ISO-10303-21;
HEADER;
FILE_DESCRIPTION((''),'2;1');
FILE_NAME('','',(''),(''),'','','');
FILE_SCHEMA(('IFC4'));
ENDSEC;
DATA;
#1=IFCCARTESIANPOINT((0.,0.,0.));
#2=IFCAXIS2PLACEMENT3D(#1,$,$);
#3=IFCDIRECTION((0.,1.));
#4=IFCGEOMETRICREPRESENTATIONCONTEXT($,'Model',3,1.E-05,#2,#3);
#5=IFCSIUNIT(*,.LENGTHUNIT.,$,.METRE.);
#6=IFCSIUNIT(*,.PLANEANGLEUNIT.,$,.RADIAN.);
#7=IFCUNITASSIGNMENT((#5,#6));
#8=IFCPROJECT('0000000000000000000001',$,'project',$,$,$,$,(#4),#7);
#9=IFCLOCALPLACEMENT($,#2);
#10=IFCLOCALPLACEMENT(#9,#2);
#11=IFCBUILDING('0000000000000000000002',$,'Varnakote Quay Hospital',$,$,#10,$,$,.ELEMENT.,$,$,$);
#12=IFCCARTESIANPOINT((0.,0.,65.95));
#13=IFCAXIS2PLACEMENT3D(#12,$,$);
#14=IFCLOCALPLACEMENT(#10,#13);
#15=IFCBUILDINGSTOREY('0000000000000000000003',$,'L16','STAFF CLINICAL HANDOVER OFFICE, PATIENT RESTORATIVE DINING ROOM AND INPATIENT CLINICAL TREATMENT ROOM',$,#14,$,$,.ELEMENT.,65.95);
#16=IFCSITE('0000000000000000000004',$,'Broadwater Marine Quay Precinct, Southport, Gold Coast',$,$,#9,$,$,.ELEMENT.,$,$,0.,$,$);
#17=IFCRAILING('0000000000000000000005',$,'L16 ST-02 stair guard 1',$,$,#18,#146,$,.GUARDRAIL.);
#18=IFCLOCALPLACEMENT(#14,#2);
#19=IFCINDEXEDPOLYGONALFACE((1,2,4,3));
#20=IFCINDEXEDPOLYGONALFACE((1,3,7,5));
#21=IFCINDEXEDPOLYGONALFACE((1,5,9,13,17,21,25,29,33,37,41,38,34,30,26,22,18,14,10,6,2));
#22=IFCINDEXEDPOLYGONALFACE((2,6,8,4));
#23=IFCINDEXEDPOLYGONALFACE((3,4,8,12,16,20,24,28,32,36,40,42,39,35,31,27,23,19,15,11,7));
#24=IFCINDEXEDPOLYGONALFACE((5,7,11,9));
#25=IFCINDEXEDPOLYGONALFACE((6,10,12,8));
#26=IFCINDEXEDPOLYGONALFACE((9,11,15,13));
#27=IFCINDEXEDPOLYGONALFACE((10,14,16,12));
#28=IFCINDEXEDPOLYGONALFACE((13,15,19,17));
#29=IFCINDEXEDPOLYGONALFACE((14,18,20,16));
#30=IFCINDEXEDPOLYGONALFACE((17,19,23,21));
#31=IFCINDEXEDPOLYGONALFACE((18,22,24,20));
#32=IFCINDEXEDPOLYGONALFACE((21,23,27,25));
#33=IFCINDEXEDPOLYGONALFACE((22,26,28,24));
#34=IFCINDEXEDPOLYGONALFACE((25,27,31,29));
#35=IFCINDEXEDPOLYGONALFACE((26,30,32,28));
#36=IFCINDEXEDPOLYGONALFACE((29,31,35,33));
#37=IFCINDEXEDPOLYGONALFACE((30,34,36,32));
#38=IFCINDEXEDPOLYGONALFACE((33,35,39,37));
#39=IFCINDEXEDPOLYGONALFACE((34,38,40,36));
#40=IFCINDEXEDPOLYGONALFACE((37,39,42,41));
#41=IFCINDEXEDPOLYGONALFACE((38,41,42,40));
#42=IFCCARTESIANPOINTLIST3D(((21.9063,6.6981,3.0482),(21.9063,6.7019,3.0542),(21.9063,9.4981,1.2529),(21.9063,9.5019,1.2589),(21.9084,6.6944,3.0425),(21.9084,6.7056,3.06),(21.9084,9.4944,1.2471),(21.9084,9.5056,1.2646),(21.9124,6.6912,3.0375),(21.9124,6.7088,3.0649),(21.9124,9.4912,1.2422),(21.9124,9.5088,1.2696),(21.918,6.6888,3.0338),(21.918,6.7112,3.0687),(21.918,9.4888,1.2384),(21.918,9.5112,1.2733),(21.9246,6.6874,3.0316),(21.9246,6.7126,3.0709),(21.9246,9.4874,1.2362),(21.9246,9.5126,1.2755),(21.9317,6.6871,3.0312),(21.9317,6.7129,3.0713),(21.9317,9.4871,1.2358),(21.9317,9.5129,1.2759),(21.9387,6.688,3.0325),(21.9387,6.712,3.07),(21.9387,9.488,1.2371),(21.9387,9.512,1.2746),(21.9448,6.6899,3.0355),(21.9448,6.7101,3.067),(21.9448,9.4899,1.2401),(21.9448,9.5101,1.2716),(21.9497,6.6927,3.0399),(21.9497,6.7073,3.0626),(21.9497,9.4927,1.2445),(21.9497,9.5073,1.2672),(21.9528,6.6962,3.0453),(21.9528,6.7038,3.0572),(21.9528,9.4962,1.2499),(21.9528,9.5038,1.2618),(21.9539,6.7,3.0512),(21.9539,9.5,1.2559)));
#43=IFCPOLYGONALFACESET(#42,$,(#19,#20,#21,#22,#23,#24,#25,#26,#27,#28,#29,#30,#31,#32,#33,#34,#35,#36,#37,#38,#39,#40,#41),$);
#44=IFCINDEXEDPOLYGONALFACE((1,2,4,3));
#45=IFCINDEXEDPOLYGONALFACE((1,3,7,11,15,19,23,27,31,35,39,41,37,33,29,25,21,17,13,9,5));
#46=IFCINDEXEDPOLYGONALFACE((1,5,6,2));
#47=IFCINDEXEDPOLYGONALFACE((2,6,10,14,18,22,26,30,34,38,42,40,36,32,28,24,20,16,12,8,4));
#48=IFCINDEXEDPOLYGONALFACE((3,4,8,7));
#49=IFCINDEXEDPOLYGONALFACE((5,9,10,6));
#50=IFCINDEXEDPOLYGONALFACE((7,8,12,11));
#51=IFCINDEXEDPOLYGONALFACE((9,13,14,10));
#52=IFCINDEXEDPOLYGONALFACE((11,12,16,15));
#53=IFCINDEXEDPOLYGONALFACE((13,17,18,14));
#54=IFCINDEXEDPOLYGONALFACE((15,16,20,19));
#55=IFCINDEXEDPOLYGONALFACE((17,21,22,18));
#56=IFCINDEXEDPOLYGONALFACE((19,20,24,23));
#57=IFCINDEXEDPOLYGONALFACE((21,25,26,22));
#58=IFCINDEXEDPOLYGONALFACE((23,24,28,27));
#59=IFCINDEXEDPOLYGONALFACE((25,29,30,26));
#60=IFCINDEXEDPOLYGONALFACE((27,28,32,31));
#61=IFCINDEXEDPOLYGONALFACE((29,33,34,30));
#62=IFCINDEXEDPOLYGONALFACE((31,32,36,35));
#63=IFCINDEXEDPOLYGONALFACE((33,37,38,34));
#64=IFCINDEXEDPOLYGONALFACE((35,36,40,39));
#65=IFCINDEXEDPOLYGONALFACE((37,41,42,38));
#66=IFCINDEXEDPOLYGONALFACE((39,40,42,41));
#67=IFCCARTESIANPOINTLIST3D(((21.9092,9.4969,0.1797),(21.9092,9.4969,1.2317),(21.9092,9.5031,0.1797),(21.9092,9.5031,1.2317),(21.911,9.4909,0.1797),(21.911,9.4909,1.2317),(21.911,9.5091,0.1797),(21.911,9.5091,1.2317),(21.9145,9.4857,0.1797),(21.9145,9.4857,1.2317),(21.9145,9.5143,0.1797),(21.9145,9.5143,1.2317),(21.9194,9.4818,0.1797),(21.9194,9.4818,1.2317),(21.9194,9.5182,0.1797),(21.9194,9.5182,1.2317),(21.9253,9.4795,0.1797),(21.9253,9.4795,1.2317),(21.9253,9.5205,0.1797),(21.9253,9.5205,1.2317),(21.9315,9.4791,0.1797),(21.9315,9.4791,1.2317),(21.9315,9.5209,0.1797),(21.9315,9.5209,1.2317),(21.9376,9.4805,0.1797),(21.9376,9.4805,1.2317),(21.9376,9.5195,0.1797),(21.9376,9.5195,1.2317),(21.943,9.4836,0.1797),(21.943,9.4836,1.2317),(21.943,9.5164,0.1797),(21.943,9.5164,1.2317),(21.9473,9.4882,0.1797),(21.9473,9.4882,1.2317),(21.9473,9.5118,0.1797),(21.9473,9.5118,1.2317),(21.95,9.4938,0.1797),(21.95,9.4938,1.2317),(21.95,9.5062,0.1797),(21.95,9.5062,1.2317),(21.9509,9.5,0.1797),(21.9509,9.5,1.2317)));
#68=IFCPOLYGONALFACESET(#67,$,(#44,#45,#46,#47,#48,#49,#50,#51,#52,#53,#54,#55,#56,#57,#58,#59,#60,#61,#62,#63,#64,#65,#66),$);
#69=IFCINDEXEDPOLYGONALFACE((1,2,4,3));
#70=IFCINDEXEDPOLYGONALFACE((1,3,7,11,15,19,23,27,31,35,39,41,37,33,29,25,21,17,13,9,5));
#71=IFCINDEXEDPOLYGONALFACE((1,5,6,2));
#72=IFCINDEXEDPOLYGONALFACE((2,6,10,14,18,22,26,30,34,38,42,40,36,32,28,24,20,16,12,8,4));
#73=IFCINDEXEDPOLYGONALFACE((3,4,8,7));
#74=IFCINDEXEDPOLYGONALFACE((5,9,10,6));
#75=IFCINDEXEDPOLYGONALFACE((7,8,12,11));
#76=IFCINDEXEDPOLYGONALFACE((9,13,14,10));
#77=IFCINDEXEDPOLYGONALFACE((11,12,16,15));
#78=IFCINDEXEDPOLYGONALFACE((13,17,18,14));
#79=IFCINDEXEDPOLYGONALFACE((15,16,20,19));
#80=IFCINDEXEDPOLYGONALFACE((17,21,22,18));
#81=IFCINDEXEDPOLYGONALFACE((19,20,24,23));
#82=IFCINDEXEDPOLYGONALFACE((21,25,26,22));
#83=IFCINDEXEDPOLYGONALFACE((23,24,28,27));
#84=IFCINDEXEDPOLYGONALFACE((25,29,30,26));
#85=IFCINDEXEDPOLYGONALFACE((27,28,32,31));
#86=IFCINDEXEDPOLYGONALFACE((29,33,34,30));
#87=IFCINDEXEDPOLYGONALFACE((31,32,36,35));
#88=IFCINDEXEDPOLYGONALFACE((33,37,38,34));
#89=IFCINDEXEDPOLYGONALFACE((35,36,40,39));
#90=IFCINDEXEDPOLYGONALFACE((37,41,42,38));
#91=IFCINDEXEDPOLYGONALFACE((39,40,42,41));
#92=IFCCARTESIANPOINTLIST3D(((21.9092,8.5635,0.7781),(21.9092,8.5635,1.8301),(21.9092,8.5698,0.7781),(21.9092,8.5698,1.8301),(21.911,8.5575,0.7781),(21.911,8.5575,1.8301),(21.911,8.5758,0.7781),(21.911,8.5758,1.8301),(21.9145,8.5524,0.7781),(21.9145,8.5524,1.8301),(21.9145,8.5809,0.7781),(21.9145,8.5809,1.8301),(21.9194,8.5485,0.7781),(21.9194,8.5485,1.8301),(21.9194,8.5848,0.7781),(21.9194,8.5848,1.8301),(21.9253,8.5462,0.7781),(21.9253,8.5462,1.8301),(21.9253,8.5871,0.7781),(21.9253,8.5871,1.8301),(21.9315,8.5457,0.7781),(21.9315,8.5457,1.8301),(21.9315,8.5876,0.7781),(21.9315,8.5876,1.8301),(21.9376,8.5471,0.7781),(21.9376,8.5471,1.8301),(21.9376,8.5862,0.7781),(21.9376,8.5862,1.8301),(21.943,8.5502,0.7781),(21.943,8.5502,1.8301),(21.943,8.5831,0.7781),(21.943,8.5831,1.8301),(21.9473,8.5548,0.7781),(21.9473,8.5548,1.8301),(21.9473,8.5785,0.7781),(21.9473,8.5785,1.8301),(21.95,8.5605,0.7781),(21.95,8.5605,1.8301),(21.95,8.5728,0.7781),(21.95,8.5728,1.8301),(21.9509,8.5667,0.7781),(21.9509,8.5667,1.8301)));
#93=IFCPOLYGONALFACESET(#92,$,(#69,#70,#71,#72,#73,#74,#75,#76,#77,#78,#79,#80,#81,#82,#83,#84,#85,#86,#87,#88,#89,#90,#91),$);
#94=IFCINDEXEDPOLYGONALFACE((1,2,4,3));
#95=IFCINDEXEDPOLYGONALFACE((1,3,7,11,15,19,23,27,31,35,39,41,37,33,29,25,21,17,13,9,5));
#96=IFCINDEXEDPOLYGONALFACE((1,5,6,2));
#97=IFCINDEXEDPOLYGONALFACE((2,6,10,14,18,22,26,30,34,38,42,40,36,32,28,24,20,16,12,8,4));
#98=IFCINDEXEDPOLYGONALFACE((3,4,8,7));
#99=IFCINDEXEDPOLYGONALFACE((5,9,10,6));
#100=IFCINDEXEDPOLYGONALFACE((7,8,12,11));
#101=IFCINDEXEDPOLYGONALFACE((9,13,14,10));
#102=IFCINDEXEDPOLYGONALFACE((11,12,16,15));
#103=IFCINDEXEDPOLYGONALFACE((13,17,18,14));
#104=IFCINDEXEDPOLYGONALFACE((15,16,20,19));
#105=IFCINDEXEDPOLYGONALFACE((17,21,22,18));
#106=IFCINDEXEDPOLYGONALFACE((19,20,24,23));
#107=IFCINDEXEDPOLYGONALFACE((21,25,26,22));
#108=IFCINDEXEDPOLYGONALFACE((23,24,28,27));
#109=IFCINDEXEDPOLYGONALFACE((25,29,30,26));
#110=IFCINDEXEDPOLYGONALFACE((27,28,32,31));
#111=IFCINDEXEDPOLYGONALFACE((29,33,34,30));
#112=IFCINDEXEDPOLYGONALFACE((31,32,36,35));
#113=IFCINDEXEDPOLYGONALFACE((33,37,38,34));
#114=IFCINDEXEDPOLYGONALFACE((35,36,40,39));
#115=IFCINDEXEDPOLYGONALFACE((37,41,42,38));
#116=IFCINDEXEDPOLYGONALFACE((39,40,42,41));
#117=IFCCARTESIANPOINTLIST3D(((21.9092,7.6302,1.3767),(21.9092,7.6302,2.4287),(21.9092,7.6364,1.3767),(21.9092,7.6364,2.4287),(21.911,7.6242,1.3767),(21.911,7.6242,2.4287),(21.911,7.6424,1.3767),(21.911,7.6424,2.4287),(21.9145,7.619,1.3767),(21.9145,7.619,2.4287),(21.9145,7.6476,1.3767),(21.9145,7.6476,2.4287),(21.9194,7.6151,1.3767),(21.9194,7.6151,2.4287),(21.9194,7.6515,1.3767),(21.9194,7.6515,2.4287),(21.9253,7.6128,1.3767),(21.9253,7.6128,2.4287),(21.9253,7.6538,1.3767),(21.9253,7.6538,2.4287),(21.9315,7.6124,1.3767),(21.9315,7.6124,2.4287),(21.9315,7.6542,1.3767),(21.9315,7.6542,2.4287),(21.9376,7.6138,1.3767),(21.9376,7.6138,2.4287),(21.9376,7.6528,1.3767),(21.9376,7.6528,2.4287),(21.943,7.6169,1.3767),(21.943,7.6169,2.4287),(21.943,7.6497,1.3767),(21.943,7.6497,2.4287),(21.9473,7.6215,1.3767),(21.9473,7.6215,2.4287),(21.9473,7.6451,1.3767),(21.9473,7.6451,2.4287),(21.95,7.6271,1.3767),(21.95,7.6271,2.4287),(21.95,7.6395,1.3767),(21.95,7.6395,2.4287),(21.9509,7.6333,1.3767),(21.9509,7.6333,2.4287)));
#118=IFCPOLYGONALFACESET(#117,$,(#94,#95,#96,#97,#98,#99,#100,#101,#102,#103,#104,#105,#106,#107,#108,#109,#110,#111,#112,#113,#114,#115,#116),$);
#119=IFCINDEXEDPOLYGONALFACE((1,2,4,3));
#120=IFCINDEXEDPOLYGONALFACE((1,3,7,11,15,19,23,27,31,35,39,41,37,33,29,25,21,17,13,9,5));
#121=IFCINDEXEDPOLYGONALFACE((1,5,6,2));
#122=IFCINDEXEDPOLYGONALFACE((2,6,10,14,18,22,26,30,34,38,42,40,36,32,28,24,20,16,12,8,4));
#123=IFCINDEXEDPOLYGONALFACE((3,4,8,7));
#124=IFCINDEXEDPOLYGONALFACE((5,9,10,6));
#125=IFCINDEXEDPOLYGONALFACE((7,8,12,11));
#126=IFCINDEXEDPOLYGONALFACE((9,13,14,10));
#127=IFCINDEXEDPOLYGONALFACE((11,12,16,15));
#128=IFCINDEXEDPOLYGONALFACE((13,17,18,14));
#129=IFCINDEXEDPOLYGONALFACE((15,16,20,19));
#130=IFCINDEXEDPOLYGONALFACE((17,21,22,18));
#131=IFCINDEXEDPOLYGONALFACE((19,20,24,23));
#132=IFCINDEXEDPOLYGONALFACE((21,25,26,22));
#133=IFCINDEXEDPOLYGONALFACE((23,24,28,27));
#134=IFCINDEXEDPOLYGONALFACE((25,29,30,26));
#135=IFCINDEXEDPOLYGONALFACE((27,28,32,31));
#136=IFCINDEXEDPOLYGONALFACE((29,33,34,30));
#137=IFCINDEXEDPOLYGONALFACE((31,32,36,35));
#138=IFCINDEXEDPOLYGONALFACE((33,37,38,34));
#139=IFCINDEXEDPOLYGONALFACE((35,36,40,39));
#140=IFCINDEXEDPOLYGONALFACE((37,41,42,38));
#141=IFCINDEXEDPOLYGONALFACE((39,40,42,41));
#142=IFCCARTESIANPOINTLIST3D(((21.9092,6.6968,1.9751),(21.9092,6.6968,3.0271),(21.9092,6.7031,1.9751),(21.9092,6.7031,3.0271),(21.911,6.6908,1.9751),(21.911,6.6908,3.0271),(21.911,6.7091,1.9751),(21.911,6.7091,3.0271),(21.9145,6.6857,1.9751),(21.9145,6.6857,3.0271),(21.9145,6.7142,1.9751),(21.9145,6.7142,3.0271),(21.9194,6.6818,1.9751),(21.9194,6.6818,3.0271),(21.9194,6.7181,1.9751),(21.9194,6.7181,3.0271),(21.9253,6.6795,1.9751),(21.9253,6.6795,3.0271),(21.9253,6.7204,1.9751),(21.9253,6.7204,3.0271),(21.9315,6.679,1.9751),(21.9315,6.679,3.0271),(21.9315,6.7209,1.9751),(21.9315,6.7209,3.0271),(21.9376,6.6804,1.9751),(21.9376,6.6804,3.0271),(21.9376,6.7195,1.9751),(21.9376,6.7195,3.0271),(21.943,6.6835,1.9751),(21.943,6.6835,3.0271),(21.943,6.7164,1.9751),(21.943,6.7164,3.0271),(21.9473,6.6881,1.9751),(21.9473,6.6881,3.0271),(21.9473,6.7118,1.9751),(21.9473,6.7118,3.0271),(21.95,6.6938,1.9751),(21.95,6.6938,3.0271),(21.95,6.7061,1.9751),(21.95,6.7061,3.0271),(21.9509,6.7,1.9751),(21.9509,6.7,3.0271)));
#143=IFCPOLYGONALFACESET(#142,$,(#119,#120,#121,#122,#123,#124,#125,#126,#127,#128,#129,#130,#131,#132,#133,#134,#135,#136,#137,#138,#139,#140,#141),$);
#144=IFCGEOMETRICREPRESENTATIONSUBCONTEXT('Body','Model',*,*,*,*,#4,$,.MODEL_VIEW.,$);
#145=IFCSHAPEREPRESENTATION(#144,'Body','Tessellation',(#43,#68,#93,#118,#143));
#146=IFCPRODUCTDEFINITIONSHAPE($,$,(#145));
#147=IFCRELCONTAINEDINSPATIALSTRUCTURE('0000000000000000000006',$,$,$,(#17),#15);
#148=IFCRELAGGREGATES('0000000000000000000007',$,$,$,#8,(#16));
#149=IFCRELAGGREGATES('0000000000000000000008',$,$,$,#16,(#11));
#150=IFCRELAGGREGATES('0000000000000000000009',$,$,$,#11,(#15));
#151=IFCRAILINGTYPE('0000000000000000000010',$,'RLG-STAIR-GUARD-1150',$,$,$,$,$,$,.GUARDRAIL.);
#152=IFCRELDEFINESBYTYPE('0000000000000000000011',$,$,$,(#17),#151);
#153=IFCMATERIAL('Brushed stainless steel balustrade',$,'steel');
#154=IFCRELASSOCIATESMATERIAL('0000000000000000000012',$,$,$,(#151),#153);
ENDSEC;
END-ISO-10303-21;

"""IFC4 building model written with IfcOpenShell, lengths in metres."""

from ifc_helpers import new_model, si_unit, direction, frame, origin, origin_2d, place, context, subcontext, project, spatial, circle, extrude, material, type_object, element, save


model = new_model("IFC4")

# Units and contexts
model_context = context("Model", 3, precision=1e-05, world=origin(), true_north=direction((0.0, 1.0)))
body_context = subcontext(model_context, "Body", "Model", "MODEL_VIEW")
ifc_project = project(units=[si_unit("LENGTHUNIT", "METRE"), si_unit("PLANEANGLEUNIT", "RADIAN")], contexts=[model_context])

# Site, building, storey
site_placement = place(None, origin())
site = spatial("IfcSite", under=ifc_project, at=site_placement, Name="Broadwater Marine Quay Precinct, Southport, Gold Coast", CompositionType="ELEMENT", RefElevation=0.0)
building_placement = place(site_placement, origin())
building = spatial("IfcBuilding", under=site, at=building_placement, Name="Varnakote Quay Hospital", CompositionType="ELEMENT")
storey_placement = place(building_placement, frame((0.0, 0.0, 65.95)))
storey = spatial("IfcBuildingStorey", under=building, at=storey_placement, Name="L16", Description="STAFF CLINICAL HANDOVER OFFICE, PATIENT RESTORATIVE DINING ROOM AND INPATIENT CLINICAL TREATMENT ROOM", CompositionType="ELEMENT", Elevation=65.95)

# Railing
ifc_material_1 = material(Name="Brushed stainless steel balustrade", Category="steel")
railing_type_1 = type_object("IfcRailingType", Name="RLG-STAIR-GUARD-1150", PredefinedType="GUARDRAIL", material=ifc_material_1)
railing_1_placement = place(storey_placement, frame((21.9299, 9.5, 0.1797)))
element("IfcRailing", 1, at=railing_1_placement, inside=storey, type_object=railing_type_1, Name="L16 ST-02 stair guard 1", PredefinedType="GUARDRAIL", context=body_context, shape_type="SweptSolid", body=[
    extrude(circle(Radius=0.0239, at=origin_2d()), frame((0.0, 0.0, 1.0762), z_axis=(0.0, -0.84181, 0.539774), x_axis=(1.0, 0.0, 0.0)), (0.0, 0.0, 1.0), 3.3262),
    extrude(circle(Radius=0.021, at=origin_2d()), origin(), (0.0, 0.0, 1.0), 1.052),
    extrude(circle(Radius=0.021, at=origin_2d()), frame((0.0, -0.9333, 0.5984)), (0.0, 0.0, 1.0), 1.052),
    extrude(circle(Radius=0.021, at=origin_2d()), frame((0.0, -1.8667, 1.197)), (0.0, 0.0, 1.0), 1.052),
    extrude(circle(Radius=0.021, at=origin_2d()), frame((0.0, -2.8, 1.7954)), (0.0, 0.0, 1.0), 1.052),
])

save(model, "model.ifc")
